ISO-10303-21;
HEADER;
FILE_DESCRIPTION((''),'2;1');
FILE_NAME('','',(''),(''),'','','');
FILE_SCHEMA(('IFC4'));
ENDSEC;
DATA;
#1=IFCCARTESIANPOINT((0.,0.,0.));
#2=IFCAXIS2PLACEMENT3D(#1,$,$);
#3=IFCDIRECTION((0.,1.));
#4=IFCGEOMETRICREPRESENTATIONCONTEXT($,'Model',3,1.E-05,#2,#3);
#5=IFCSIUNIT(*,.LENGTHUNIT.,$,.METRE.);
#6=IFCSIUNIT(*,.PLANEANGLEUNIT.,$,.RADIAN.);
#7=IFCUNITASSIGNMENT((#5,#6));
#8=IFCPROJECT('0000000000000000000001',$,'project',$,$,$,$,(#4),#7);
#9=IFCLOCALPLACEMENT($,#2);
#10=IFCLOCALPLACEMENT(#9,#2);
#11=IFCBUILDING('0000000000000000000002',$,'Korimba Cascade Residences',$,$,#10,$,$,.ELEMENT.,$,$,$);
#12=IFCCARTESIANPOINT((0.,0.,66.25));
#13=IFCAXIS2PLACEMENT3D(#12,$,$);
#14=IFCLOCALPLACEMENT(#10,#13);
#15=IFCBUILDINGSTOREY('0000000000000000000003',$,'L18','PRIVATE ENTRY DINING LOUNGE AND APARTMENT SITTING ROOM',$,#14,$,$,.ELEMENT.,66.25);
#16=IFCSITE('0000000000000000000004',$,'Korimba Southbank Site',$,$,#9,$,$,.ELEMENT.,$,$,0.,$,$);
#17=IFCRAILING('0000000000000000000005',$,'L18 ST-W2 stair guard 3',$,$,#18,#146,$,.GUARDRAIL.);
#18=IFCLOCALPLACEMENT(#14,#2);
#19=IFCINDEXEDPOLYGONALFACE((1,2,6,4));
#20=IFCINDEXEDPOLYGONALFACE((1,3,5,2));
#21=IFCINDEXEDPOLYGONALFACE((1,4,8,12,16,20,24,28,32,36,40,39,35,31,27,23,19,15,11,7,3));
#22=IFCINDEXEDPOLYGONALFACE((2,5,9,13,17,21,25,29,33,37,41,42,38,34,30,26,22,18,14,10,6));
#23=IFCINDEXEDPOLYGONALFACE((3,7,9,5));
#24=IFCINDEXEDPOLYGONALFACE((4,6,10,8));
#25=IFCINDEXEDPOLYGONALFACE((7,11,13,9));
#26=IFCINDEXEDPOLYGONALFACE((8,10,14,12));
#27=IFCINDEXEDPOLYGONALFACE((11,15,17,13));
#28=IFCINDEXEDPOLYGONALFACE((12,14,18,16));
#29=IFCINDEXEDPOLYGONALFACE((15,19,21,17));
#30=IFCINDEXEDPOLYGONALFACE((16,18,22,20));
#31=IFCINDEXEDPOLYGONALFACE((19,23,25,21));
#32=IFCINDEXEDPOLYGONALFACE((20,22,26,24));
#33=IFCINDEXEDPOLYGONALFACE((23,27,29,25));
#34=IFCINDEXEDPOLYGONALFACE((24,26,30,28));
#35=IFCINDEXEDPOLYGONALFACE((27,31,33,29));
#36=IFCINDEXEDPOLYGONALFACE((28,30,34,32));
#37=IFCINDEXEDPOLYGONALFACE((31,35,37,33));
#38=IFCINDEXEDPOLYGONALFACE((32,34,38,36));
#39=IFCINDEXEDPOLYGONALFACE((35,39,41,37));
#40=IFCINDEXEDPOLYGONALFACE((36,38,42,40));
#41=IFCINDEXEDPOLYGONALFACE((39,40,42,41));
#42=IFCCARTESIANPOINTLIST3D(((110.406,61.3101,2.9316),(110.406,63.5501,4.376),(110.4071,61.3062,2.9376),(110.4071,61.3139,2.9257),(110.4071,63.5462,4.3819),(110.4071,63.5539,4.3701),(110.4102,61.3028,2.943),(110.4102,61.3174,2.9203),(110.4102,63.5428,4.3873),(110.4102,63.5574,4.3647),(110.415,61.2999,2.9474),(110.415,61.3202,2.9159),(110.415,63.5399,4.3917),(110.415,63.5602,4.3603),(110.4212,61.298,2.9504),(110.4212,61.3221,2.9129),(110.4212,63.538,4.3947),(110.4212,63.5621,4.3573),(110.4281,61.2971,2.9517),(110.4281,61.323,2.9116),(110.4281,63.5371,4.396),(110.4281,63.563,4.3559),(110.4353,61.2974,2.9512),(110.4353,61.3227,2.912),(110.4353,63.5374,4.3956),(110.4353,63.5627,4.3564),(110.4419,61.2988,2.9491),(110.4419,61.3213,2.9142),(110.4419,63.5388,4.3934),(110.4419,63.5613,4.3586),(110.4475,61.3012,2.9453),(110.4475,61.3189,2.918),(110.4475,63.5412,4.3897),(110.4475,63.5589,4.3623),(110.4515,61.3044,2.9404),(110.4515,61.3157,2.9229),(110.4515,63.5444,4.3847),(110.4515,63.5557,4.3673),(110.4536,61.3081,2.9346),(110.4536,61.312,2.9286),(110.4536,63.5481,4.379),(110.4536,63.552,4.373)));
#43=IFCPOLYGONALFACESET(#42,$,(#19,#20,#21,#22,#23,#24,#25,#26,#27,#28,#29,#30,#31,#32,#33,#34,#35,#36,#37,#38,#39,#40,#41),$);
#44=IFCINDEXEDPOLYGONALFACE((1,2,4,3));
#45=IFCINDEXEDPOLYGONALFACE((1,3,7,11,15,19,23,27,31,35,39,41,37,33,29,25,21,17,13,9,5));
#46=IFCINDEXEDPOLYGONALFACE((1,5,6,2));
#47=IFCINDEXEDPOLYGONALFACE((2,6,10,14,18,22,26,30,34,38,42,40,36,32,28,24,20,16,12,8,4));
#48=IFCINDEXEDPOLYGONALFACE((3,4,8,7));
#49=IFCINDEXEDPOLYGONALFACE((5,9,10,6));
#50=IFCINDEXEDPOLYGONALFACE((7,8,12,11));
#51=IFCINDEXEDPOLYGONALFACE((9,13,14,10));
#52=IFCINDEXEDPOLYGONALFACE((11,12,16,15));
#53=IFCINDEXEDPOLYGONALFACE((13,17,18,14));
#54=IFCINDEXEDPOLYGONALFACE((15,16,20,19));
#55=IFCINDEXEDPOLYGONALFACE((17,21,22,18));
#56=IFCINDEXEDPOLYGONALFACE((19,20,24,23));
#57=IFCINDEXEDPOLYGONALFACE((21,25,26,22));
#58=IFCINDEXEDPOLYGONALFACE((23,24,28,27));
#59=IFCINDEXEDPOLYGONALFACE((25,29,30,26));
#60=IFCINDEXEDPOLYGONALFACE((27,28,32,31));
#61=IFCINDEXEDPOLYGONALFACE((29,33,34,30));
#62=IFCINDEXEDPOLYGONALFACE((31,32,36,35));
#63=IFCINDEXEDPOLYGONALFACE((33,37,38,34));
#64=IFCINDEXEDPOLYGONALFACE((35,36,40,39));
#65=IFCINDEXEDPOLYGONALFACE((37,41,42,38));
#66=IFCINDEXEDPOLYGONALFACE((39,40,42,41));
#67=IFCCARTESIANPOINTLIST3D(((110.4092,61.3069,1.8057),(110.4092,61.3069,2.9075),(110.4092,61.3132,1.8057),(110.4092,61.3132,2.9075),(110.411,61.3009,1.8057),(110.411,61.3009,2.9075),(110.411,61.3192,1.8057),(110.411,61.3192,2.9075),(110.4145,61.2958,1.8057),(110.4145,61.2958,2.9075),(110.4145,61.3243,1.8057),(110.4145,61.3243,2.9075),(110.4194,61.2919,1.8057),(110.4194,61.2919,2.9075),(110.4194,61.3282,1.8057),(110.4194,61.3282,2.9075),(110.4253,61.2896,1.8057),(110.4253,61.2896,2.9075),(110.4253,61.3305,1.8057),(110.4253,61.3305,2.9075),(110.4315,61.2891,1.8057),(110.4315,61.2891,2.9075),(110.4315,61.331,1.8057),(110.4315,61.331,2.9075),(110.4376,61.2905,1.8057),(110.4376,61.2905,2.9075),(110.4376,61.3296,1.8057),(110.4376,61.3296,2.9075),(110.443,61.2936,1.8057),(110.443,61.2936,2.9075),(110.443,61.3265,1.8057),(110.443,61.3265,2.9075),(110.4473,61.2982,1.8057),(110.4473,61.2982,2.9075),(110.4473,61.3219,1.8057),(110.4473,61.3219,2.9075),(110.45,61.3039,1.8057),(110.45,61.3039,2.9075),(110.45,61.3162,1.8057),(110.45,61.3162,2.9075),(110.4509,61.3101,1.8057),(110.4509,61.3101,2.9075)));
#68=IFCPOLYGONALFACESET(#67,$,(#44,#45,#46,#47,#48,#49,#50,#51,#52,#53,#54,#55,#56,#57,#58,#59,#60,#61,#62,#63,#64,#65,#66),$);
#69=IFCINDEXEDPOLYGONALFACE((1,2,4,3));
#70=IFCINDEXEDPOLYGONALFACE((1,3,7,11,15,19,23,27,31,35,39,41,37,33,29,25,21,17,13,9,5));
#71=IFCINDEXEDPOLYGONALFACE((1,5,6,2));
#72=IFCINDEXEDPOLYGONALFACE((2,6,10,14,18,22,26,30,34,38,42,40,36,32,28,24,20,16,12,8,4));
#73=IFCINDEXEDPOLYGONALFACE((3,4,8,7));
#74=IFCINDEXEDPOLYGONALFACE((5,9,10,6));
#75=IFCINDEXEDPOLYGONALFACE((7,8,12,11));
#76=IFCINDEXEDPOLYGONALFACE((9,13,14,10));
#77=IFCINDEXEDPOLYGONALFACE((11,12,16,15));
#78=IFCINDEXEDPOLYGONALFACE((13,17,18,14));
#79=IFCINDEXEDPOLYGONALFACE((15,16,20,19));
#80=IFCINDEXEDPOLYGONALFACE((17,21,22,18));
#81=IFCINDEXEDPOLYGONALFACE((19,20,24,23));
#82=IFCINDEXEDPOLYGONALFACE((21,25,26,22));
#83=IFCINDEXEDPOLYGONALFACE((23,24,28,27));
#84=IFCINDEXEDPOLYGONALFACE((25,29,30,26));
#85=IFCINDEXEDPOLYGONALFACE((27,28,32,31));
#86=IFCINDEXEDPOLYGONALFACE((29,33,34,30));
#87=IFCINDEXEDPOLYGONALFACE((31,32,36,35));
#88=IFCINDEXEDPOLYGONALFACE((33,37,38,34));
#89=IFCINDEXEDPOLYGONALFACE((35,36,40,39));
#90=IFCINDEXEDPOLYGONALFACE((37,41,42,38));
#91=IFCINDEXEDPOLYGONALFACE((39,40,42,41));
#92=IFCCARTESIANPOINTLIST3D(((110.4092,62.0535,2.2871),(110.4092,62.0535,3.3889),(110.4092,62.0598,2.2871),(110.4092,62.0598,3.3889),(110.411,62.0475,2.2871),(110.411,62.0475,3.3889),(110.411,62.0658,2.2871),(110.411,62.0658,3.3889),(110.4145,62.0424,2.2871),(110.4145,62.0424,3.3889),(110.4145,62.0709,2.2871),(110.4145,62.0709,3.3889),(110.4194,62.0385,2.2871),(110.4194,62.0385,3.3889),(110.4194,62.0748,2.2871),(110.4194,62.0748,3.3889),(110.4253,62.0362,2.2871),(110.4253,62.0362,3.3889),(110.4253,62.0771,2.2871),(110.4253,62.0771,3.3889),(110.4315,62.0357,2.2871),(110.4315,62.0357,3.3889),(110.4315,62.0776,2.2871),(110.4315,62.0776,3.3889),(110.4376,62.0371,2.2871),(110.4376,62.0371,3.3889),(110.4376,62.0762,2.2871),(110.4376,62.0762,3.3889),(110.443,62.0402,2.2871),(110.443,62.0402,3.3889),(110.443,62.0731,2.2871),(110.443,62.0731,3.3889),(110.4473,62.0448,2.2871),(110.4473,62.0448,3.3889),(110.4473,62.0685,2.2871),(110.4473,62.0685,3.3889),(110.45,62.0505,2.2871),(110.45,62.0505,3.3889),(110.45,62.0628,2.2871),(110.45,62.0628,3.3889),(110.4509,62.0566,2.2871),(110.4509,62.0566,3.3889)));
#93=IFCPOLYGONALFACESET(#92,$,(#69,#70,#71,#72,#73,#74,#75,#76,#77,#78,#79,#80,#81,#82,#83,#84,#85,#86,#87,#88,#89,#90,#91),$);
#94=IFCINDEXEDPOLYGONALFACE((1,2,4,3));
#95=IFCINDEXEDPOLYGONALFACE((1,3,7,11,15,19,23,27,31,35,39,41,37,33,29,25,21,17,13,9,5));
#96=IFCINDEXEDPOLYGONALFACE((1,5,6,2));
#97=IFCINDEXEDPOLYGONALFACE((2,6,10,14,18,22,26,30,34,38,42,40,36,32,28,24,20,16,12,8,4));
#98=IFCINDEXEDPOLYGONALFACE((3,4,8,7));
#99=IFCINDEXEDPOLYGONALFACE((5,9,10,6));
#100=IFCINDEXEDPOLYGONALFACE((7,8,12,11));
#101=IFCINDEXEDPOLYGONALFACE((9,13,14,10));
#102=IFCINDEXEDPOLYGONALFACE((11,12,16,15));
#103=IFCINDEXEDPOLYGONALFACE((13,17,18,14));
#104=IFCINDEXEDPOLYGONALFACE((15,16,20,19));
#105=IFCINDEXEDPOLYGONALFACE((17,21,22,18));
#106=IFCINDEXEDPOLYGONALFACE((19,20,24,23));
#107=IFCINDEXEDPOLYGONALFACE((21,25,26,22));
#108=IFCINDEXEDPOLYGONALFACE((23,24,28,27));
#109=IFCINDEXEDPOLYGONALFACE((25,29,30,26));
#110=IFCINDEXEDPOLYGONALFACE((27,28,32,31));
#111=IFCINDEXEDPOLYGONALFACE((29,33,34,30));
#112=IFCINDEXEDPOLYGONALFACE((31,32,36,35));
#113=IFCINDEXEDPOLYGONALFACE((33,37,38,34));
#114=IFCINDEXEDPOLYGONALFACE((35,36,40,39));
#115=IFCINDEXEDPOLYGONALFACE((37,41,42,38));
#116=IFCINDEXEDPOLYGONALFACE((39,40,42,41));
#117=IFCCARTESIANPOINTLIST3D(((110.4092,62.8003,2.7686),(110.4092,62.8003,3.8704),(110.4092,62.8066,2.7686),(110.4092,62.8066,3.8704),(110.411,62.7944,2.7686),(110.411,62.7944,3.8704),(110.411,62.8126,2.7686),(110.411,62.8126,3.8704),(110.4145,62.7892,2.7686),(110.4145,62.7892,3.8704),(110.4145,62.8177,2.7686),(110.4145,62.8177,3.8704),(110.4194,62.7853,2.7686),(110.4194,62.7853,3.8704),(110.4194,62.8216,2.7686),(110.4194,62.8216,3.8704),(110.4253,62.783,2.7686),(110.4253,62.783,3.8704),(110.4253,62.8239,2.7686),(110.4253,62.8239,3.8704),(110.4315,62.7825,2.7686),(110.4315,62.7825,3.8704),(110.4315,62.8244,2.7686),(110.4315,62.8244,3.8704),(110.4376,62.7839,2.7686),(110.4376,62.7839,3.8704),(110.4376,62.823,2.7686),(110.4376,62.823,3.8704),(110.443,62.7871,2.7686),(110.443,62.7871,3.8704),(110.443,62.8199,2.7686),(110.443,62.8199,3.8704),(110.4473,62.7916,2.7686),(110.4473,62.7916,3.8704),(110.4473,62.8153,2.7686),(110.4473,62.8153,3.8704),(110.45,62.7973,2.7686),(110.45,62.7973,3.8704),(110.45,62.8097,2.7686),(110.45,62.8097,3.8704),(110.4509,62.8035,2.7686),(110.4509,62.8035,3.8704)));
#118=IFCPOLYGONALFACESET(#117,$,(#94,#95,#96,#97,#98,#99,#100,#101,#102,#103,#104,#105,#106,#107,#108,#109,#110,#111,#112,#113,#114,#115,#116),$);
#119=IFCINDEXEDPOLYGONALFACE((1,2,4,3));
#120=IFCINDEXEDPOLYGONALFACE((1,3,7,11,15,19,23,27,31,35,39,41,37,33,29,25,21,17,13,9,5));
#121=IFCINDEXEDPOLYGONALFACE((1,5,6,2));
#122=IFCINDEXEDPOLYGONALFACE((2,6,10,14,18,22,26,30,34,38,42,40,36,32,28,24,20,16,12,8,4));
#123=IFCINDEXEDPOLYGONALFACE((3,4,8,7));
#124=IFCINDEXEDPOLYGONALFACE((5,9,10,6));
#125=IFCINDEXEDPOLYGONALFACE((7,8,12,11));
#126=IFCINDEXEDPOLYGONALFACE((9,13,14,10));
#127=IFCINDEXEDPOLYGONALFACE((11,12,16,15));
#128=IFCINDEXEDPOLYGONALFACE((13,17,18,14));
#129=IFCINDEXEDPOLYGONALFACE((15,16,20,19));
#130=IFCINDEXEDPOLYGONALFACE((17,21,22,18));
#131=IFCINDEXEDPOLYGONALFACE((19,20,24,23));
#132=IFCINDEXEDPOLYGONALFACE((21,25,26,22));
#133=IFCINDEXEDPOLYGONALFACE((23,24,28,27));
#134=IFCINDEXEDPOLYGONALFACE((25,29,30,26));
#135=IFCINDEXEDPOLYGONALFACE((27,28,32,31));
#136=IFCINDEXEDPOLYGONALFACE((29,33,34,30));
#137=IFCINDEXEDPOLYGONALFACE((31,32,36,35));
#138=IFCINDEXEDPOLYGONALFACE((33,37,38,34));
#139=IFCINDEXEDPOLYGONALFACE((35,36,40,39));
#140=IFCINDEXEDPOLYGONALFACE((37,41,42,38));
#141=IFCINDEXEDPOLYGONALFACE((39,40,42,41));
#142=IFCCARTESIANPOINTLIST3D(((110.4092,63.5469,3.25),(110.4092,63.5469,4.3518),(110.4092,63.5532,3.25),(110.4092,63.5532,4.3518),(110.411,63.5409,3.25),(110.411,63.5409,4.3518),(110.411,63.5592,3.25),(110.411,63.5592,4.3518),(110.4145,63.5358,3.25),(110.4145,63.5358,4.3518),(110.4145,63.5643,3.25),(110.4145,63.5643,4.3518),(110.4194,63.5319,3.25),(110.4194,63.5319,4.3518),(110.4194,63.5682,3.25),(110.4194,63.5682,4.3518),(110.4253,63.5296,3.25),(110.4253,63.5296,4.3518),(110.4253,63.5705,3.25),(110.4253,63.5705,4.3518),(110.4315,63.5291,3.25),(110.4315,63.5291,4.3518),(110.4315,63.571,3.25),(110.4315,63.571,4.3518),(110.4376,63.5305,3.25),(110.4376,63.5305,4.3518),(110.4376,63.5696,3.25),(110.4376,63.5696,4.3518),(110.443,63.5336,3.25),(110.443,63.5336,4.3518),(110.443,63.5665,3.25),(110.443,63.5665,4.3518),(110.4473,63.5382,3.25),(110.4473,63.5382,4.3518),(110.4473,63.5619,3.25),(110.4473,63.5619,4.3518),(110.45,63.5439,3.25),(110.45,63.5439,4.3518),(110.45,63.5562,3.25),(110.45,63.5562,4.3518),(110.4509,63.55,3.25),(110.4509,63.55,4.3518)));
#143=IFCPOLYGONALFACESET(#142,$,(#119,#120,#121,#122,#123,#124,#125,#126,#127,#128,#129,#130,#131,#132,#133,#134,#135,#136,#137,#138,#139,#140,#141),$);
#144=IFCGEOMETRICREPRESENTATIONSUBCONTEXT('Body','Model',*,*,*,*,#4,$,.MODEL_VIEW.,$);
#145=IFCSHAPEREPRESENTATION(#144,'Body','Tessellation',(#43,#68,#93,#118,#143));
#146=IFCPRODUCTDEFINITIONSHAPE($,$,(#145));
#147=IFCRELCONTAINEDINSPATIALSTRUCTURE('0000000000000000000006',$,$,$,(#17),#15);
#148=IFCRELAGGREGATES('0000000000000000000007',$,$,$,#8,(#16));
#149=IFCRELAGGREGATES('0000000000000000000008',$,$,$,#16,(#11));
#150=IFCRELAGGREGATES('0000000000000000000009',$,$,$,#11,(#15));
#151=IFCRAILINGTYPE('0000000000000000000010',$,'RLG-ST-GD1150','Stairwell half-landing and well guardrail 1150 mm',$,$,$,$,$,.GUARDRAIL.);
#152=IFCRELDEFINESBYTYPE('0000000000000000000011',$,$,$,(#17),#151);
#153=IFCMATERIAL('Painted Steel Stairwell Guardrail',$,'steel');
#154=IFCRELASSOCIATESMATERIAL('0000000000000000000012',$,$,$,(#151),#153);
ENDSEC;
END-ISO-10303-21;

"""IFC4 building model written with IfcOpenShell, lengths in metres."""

from ifc_helpers import new_model, si_unit, direction, frame, origin, origin_2d, place, context, subcontext, project, spatial, circle, extrude, material, type_object, element, save


model = new_model("IFC4")

# Units and contexts
model_context = context("Model", 3, precision=1e-05, world=origin(), true_north=direction((0.0, 1.0)))
body_context = subcontext(model_context, "Body", "Model", "MODEL_VIEW")
ifc_project = project(units=[si_unit("LENGTHUNIT", "METRE"), si_unit("PLANEANGLEUNIT", "RADIAN")], contexts=[model_context])

# Site, building, storey
site_placement = place(None, origin())
site = spatial("IfcSite", under=ifc_project, at=site_placement, Name="Korimba Southbank Site", CompositionType="ELEMENT", RefElevation=0.0)
building_placement = place(site_placement, origin())
building = spatial("IfcBuilding", under=site, at=building_placement, Name="Korimba Cascade Residences", CompositionType="ELEMENT")
storey_placement = place(building_placement, frame((0.0, 0.0, 66.25)))
storey = spatial("IfcBuildingStorey", under=building, at=storey_placement, Name="L18", Description="PRIVATE ENTRY DINING LOUNGE AND APARTMENT SITTING ROOM", CompositionType="ELEMENT", Elevation=66.25)

# Railing
ifc_material_1 = material(Name="Painted Steel Stairwell Guardrail", Category="steel")
railing_type_1 = type_object("IfcRailingType", Name="RLG-ST-GD1150", Description="Stairwell half-landing and well guardrail 1150 mm", PredefinedType="GUARDRAIL", material=ifc_material_1)
railing_1_placement = place(storey_placement, frame((110.4299, 61.3101, 1.8057)))
element("IfcRailing", 1, at=railing_1_placement, inside=storey, type_object=railing_type_1, Name="L18 ST-W2 stair guard 3", PredefinedType="GUARDRAIL", context=body_context, shape_type="SweptSolid", body=[
    extrude(circle(Radius=0.0239, at=origin_2d()), frame((0.0, 0.0, 1.126), z_axis=(0.0, 0.840437, 0.54191), x_axis=(-1.0, 0.0, 0.0)), (0.0, 0.0, 1.0), 2.6653),
    extrude(circle(Radius=0.021, at=origin_2d()), origin(), (0.0, 0.0, 1.0), 1.1018),
    extrude(circle(Radius=0.021, at=origin_2d()), frame((0.0, 0.7466, 0.4814)), (0.0, 0.0, 1.0), 1.1018),
    extrude(circle(Radius=0.021, at=origin_2d()), frame((0.0, 1.4934, 0.9629)), (0.0, 0.0, 1.0), 1.1018),
    extrude(circle(Radius=0.021, at=origin_2d()), frame((0.0, 2.24, 1.4443)), (0.0, 0.0, 1.0), 1.1018),
])

save(model, "model.ifc")
